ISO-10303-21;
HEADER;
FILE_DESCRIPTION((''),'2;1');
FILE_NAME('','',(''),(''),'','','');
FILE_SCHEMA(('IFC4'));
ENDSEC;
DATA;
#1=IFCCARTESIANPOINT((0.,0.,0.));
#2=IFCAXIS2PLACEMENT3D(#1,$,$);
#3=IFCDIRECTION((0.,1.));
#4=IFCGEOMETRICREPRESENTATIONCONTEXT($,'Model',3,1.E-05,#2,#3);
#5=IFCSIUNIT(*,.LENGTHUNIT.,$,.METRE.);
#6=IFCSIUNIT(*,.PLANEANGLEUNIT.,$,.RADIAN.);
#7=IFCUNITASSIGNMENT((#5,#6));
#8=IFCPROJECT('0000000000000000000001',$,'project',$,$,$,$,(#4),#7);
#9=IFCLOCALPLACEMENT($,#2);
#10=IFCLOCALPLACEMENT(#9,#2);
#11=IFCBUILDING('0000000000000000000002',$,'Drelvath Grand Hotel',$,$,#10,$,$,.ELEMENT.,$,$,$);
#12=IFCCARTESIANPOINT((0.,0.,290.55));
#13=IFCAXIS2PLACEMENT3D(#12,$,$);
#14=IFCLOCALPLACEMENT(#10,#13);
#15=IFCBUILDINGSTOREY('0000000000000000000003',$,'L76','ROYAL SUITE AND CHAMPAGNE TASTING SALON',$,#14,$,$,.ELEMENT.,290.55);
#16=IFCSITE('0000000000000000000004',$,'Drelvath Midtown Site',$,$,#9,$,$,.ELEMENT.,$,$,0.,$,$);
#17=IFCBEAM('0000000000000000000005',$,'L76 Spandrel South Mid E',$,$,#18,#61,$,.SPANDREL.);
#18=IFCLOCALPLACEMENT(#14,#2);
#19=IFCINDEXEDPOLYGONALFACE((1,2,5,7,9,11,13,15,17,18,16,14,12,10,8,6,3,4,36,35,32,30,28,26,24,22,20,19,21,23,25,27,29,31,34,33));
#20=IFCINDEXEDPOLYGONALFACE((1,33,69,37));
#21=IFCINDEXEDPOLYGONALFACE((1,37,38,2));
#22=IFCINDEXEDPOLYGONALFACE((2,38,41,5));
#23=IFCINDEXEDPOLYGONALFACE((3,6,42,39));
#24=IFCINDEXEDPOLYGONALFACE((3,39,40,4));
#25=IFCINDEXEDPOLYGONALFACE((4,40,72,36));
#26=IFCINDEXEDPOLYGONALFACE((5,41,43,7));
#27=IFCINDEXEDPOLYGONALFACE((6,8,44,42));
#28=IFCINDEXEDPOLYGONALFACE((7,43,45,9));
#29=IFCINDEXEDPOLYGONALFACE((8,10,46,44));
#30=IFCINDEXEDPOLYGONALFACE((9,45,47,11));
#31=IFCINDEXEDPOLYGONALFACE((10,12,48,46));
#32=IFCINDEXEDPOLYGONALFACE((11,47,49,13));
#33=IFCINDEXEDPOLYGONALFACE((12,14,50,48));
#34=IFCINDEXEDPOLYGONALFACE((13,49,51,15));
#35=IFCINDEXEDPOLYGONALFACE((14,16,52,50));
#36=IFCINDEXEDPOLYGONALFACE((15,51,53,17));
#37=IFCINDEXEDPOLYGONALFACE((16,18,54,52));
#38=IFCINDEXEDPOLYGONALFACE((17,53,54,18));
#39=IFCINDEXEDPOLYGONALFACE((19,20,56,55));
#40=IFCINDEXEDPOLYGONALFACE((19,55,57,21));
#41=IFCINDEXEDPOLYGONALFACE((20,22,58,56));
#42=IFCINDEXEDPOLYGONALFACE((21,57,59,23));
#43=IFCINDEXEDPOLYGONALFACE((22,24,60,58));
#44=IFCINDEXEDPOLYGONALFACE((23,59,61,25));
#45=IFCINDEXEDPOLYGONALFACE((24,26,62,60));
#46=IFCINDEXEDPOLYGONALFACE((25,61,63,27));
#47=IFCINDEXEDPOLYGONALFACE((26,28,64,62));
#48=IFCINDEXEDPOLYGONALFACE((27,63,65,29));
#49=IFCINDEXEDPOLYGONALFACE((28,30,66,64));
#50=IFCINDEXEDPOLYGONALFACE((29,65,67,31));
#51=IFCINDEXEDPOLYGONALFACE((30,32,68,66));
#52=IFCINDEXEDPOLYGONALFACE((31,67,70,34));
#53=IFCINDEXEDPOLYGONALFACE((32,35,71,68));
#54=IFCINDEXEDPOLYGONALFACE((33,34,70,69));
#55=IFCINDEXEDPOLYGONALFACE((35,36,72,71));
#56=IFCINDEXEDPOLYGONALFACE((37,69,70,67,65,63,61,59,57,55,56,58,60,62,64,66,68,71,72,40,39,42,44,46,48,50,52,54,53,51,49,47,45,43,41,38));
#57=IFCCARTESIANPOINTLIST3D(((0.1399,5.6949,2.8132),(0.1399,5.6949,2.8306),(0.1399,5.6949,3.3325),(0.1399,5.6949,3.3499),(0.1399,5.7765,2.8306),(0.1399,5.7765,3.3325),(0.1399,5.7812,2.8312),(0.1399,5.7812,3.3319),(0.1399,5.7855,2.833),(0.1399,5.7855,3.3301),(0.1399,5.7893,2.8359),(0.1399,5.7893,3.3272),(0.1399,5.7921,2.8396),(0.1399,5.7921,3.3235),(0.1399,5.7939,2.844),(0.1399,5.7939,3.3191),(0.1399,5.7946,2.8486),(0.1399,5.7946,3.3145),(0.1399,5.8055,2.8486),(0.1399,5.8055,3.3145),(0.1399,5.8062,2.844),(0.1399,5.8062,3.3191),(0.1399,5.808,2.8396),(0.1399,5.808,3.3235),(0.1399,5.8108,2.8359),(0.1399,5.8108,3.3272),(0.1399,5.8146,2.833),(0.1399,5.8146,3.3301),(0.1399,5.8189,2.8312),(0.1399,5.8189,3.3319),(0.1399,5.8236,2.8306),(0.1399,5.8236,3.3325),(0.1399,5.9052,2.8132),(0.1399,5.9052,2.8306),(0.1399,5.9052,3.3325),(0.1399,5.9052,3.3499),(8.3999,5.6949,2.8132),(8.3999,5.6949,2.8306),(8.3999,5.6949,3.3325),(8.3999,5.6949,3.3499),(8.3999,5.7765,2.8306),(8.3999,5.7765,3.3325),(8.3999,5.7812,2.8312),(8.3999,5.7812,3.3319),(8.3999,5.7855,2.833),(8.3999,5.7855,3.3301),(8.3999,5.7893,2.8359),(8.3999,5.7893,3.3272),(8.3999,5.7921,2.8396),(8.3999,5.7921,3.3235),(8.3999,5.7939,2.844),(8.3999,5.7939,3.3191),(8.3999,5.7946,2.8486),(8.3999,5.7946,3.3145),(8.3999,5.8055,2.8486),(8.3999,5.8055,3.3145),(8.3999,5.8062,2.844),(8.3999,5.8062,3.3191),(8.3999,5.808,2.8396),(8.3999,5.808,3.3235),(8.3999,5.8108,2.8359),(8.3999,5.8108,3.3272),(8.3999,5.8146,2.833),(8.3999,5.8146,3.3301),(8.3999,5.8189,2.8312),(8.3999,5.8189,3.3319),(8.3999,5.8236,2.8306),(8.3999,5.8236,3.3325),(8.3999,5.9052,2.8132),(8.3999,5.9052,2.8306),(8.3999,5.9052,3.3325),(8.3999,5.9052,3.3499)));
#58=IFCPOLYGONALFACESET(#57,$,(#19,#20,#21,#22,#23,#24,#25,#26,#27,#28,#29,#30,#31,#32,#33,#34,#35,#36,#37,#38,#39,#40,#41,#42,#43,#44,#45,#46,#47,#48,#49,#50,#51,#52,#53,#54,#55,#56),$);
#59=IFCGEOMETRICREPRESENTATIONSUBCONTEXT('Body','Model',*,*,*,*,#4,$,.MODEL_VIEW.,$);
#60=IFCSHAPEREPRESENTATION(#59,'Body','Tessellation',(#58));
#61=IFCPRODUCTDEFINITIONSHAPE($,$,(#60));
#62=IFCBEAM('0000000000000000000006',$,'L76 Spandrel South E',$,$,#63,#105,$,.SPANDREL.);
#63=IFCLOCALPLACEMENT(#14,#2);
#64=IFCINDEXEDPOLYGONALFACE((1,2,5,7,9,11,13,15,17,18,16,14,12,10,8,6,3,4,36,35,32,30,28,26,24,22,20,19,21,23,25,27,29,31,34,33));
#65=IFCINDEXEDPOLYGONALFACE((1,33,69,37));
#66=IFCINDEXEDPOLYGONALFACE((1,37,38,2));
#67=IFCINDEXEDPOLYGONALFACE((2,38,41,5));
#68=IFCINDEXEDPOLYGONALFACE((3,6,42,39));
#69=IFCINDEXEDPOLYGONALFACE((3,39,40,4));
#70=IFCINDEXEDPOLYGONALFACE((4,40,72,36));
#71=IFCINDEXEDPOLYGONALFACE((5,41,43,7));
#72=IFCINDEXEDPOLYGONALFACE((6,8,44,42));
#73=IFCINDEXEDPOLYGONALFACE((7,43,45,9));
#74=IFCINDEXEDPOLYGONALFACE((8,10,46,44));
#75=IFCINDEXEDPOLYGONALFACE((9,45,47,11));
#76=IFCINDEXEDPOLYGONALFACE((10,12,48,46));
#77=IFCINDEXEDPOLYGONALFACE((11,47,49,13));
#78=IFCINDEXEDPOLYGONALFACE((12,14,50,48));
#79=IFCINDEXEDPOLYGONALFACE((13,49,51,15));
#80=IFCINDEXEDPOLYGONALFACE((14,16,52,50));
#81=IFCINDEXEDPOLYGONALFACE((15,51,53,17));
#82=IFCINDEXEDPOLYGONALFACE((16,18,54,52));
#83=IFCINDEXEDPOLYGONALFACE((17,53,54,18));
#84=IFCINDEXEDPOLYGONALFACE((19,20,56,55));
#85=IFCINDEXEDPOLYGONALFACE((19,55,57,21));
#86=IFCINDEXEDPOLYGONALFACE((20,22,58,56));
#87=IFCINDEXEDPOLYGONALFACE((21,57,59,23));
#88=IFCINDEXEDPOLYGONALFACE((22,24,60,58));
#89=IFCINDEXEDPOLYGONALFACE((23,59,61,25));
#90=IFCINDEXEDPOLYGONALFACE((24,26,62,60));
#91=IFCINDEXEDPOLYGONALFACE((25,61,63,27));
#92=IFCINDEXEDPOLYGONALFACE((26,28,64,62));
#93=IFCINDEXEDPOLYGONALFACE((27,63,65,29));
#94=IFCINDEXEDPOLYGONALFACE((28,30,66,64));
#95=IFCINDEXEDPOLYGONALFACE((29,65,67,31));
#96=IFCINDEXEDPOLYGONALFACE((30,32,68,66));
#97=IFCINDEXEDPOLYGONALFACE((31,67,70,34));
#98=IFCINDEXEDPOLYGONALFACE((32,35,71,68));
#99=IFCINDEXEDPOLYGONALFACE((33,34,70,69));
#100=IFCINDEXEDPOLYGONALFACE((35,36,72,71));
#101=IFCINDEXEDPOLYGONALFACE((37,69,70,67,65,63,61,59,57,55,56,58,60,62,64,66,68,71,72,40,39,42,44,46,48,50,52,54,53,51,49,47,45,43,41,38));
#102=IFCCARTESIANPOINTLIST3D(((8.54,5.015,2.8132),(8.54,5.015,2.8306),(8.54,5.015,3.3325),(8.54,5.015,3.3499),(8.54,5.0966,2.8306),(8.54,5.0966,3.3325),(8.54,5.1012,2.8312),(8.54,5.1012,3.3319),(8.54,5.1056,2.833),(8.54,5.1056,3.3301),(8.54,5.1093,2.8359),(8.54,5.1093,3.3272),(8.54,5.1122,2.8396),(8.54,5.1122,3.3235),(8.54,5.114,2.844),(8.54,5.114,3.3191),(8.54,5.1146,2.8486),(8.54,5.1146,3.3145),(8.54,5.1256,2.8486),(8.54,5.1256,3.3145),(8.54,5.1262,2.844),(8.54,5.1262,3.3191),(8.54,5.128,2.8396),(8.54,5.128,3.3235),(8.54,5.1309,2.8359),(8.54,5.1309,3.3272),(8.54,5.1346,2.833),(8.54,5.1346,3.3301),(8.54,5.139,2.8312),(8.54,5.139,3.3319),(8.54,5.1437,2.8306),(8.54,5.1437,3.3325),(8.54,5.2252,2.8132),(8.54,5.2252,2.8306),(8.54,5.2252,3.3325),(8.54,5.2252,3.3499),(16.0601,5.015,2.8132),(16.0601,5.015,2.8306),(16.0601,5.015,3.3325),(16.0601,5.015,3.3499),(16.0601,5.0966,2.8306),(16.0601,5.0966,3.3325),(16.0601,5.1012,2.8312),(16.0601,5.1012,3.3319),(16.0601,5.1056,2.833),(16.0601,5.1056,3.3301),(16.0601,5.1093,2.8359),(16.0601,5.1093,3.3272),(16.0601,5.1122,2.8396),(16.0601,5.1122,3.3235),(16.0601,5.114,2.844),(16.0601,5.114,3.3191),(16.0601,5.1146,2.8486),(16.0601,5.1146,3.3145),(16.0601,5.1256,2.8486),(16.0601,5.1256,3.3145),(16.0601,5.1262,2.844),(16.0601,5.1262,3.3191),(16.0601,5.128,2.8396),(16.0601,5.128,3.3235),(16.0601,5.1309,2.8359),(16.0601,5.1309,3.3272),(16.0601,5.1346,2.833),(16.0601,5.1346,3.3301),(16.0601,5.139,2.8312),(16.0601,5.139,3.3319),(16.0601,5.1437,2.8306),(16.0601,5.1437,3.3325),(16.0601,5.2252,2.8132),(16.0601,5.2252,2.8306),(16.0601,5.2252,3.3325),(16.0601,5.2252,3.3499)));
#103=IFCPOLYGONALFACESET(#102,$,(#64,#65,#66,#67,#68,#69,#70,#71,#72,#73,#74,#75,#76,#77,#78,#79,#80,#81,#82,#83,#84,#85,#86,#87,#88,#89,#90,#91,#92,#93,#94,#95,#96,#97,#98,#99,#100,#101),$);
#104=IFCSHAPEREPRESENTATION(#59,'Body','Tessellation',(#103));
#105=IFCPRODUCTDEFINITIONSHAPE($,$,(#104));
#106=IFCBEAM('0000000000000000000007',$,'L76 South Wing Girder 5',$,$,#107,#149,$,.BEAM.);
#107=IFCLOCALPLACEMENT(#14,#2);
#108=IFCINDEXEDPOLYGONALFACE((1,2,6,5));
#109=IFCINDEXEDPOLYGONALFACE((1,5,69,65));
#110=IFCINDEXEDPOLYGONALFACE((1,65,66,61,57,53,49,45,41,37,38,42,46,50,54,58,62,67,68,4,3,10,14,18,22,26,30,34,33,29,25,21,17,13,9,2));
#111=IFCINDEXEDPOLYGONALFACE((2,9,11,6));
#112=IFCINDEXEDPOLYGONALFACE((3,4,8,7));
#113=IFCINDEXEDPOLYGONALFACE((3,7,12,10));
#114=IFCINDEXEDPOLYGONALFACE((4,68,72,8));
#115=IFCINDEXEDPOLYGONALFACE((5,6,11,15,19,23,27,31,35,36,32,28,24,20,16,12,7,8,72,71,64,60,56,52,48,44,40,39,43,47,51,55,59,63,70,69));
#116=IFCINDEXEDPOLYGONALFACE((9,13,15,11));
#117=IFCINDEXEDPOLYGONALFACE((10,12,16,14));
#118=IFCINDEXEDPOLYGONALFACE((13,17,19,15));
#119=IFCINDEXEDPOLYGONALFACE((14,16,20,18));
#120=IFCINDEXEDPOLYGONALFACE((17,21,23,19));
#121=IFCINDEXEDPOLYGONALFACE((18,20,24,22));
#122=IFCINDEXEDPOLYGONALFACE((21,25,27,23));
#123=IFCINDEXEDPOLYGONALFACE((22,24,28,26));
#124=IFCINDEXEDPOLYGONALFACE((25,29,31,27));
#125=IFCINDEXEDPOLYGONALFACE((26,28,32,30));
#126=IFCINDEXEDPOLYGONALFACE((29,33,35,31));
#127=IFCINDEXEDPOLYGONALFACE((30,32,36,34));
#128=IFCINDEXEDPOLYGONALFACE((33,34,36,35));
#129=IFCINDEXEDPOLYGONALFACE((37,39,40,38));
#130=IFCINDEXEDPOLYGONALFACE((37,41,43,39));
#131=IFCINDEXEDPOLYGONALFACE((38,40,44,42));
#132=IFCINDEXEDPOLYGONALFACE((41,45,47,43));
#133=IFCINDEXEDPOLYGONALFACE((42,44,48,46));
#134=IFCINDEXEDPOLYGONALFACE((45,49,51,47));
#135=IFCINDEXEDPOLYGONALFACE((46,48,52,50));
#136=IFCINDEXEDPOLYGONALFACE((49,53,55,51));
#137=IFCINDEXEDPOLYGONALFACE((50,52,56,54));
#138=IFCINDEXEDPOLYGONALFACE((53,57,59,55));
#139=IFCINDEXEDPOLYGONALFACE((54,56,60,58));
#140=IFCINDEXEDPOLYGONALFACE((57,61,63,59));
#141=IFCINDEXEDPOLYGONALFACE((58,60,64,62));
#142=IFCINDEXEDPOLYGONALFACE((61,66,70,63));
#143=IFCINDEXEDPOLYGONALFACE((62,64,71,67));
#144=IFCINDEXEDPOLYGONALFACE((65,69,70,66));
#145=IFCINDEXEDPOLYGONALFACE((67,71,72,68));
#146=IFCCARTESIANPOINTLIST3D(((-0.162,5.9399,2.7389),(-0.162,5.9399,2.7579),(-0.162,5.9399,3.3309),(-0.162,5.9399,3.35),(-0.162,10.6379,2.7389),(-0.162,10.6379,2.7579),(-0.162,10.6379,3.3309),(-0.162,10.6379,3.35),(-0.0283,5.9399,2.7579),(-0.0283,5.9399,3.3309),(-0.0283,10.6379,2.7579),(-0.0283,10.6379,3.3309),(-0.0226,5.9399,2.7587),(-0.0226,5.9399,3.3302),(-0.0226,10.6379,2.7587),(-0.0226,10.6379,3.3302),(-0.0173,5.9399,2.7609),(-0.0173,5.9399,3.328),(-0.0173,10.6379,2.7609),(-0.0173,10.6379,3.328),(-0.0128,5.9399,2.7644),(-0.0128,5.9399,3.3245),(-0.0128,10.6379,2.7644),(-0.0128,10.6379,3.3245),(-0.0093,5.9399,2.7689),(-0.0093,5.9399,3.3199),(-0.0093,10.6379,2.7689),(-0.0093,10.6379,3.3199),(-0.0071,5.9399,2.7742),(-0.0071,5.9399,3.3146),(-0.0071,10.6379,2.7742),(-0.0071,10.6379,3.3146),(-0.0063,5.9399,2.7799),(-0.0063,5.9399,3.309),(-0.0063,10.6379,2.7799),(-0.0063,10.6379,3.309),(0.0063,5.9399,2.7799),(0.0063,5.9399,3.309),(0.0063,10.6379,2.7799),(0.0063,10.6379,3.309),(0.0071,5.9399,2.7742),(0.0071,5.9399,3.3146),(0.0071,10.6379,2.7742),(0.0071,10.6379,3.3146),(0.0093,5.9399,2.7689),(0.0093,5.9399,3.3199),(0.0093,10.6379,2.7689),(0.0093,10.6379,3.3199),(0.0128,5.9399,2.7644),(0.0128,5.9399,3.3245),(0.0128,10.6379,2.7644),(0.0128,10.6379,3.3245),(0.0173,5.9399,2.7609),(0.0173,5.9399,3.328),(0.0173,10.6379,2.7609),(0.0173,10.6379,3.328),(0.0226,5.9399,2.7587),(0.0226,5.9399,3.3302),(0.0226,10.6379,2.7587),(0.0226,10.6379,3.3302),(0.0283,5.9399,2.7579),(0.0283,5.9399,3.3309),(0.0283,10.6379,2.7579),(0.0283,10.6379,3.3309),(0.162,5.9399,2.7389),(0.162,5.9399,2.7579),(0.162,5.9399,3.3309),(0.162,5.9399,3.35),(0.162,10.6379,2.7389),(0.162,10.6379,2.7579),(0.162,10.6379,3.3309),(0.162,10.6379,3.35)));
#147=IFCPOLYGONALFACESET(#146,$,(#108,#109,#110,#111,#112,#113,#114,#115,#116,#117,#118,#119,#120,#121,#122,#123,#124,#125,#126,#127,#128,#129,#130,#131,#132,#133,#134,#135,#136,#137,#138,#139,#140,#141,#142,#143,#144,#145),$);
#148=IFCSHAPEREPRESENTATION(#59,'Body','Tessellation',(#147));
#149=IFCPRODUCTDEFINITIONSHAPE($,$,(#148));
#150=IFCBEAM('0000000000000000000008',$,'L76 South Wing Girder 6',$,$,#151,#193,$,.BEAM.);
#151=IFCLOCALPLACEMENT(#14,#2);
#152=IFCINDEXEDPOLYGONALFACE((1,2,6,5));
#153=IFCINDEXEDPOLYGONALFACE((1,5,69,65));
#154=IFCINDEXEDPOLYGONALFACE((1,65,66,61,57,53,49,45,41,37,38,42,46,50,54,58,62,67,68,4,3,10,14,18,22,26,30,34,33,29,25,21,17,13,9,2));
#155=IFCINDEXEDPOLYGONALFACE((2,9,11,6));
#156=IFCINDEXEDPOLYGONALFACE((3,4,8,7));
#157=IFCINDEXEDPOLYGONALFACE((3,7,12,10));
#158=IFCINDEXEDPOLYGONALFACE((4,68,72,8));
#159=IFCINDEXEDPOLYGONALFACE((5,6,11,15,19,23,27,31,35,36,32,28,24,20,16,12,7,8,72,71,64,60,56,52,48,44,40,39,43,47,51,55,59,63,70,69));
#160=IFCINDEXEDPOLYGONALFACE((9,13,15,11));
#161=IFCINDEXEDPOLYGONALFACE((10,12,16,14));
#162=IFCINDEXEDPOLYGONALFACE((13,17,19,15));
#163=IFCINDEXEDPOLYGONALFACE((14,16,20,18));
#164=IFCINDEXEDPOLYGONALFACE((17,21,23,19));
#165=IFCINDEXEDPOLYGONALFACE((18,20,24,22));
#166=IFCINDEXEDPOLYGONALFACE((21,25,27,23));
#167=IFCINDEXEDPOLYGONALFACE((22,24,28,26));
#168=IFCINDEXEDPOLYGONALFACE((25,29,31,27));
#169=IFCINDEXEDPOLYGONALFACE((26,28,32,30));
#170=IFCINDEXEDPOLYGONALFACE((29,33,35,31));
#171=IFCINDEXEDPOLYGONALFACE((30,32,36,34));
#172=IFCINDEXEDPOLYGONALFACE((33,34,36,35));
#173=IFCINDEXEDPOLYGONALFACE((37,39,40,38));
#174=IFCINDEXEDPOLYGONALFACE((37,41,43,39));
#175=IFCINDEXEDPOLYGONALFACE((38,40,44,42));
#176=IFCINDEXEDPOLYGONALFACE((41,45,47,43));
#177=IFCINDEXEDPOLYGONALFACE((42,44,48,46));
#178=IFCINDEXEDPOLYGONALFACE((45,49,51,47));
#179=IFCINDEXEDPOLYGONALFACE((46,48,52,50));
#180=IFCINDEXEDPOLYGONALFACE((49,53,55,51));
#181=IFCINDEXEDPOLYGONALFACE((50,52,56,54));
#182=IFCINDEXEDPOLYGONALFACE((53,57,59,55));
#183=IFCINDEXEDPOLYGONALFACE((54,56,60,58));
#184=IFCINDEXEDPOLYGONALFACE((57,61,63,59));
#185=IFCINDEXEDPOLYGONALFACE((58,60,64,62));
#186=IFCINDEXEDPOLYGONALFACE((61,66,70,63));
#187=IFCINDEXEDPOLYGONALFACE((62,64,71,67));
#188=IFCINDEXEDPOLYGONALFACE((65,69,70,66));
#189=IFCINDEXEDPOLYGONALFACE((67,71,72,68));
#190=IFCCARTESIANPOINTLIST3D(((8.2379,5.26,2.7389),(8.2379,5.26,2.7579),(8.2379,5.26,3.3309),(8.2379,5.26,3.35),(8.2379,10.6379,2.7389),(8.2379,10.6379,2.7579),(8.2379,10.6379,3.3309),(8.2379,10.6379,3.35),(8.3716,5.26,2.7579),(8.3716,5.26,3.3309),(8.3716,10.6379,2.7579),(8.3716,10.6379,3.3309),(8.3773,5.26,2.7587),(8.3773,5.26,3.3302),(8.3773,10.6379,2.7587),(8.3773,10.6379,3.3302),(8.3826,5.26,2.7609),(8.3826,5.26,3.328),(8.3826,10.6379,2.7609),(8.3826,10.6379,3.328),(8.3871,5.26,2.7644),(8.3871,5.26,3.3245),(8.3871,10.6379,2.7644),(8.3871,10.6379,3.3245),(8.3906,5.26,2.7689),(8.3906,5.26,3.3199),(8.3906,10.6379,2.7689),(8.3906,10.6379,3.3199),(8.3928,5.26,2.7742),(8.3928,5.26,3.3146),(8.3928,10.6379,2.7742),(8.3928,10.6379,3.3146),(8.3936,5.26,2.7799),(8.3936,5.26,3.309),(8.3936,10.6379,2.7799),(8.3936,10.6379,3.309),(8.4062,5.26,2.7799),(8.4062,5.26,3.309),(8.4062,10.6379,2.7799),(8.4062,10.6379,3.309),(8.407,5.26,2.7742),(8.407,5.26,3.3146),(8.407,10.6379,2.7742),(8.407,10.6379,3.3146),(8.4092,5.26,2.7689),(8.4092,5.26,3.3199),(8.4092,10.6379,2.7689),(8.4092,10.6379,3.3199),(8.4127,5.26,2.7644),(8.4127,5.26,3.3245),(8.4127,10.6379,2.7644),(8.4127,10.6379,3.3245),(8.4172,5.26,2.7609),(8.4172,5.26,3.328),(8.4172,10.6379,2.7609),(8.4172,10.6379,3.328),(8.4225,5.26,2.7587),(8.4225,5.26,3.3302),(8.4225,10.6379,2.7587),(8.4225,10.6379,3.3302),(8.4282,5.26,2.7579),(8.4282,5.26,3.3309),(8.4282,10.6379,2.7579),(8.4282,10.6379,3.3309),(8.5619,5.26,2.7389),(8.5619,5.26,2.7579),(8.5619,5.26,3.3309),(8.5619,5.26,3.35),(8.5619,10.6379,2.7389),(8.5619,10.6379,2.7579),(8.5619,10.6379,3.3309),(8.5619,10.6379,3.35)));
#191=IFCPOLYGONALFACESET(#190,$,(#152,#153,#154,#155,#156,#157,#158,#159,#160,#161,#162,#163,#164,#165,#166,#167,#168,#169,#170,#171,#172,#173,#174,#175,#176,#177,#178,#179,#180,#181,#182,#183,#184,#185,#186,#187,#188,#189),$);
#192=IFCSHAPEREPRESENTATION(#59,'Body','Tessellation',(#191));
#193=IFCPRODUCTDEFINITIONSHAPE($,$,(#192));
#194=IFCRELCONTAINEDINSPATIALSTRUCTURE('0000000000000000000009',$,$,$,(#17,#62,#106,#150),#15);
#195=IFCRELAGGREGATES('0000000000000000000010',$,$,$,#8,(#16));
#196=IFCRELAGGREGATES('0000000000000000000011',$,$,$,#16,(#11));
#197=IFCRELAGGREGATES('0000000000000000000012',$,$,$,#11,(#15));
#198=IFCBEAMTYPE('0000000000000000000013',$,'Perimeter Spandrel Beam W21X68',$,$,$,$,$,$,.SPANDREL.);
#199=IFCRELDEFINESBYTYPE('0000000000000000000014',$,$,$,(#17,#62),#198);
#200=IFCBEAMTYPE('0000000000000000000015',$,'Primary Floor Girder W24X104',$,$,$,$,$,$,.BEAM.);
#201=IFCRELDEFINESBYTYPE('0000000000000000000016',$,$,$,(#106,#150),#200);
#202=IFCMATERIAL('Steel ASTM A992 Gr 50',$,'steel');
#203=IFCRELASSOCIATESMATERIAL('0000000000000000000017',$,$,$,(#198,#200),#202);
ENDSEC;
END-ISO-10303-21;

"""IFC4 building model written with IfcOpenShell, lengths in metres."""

from ifc_helpers import new_model, si_unit, direction, frame, origin, origin_2d, place, context, subcontext, project, spatial, i_section, extrude, material, material_profile, profile_set, type_object, element, save


model = new_model("IFC4")

# Units and contexts
model_context = context("Model", 3, precision=1e-05, world=origin(), true_north=direction((0.0, 1.0)))
body_context = subcontext(model_context, "Body", "Model", "MODEL_VIEW")
ifc_project = project(units=[si_unit("LENGTHUNIT", "METRE"), si_unit("PLANEANGLEUNIT", "RADIAN")], contexts=[model_context])

# Site, building, storey
site_placement = place(None, origin())
site = spatial("IfcSite", under=ifc_project, at=site_placement, Name="Drelvath Midtown Site", CompositionType="ELEMENT", RefElevation=0.0)
building_placement = place(site_placement, origin())
building = spatial("IfcBuilding", under=site, at=building_placement, Name="Drelvath Grand Hotel", CompositionType="ELEMENT")
storey_placement = place(building_placement, frame((0.0, 0.0, 290.55)))
storey = spatial("IfcBuildingStorey", under=building, at=storey_placement, Name="L76", Description="ROYAL SUITE AND CHAMPAGNE TASTING SALON", CompositionType="ELEMENT", Elevation=290.55)

# Beams
ifc_material_1 = material(Name="Steel ASTM A992 Gr 50", Category="steel")
ifc_material_profile_1 = material_profile(ifc_material_1, i_section(OverallWidth=0.2102, OverallDepth=0.5366, WebThickness=0.011, FlangeThickness=0.0173, FilletRadius=0.0181, at=origin_2d()), Name="W21X68")
ifc_profile_set_1 = profile_set([ifc_material_profile_1], Name="Steel ASTM A992 Gr 50")
beam_type_1 = type_object("IfcBeamType", Name="Perimeter Spandrel Beam W21X68", PredefinedType="SPANDREL", material=ifc_profile_set_1)
beam_1_placement = place(storey_placement, frame((0.1399, 5.8, 3.0815), z_axis=(1.0, 0.0, 0.0), x_axis=(0.0, 1.0, 0.0)))
element("IfcBeam", 1, at=beam_1_placement, inside=storey, type_object=beam_type_1, Name="L76 Spandrel South Mid E", PredefinedType="SPANDREL", context=body_context, shape_type="SweptSolid", body=[
    extrude(i_section(OverallWidth=0.2102, OverallDepth=0.5366, WebThickness=0.011, FlangeThickness=0.0173, FilletRadius=0.0181, at=origin_2d()), origin(), (0.0, 0.0, 1.0), 8.26),
])
beam_2_placement = place(storey_placement, frame((8.54, 5.1201, 3.0815), z_axis=(1.0, 0.0, 0.0), x_axis=(0.0, 1.0, 0.0)))
element("IfcBeam", 2, at=beam_2_placement, inside=storey, type_object=beam_type_1, Name="L76 Spandrel South E", PredefinedType="SPANDREL", context=body_context, shape_type="SweptSolid", body=[
    extrude(i_section(OverallWidth=0.2102, OverallDepth=0.5366, WebThickness=0.011, FlangeThickness=0.0173, FilletRadius=0.0181, at=origin_2d()), origin(), (0.0, 0.0, 1.0), 7.52),
])
ifc_material_profile_2 = material_profile(ifc_material_1, i_section(OverallWidth=0.324, OverallDepth=0.6111, WebThickness=0.0127, FlangeThickness=0.019, FilletRadius=0.022, at=origin_2d()), Name="W24X104")
ifc_profile_set_2 = profile_set([ifc_material_profile_2], Name="Steel ASTM A992 Gr 50")
beam_type_2 = type_object("IfcBeamType", Name="Primary Floor Girder W24X104", PredefinedType="BEAM", material=ifc_profile_set_2)
beam_3_placement = place(storey_placement, frame((0.0, 5.9399, 3.0444), z_axis=(0.0, 1.0, 0.0), x_axis=(-1.0, 0.0, 0.0)))
element("IfcBeam", 3, at=beam_3_placement, inside=storey, type_object=beam_type_2, Name="L76 South Wing Girder 5", PredefinedType="BEAM", context=body_context, shape_type="SweptSolid", body=[
    extrude(i_section(OverallWidth=0.324, OverallDepth=0.6111, WebThickness=0.0127, FlangeThickness=0.019, FilletRadius=0.022, at=origin_2d()), origin(), (0.0, 0.0, 1.0), 4.698),
])
beam_4_placement = place(storey_placement, frame((8.3999, 5.26, 3.0444), z_axis=(0.0, 1.0, 0.0), x_axis=(-1.0, 0.0, 0.0)))
element("IfcBeam", 4, at=beam_4_placement, inside=storey, type_object=beam_type_2, Name="L76 South Wing Girder 6", PredefinedType="BEAM", context=body_context, shape_type="SweptSolid", body=[
    extrude(i_section(OverallWidth=0.324, OverallDepth=0.6111, WebThickness=0.0127, FlangeThickness=0.019, FilletRadius=0.022, at=origin_2d()), origin(), (0.0, 0.0, 1.0), 5.3779),
])

save(model, "model.ifc")
